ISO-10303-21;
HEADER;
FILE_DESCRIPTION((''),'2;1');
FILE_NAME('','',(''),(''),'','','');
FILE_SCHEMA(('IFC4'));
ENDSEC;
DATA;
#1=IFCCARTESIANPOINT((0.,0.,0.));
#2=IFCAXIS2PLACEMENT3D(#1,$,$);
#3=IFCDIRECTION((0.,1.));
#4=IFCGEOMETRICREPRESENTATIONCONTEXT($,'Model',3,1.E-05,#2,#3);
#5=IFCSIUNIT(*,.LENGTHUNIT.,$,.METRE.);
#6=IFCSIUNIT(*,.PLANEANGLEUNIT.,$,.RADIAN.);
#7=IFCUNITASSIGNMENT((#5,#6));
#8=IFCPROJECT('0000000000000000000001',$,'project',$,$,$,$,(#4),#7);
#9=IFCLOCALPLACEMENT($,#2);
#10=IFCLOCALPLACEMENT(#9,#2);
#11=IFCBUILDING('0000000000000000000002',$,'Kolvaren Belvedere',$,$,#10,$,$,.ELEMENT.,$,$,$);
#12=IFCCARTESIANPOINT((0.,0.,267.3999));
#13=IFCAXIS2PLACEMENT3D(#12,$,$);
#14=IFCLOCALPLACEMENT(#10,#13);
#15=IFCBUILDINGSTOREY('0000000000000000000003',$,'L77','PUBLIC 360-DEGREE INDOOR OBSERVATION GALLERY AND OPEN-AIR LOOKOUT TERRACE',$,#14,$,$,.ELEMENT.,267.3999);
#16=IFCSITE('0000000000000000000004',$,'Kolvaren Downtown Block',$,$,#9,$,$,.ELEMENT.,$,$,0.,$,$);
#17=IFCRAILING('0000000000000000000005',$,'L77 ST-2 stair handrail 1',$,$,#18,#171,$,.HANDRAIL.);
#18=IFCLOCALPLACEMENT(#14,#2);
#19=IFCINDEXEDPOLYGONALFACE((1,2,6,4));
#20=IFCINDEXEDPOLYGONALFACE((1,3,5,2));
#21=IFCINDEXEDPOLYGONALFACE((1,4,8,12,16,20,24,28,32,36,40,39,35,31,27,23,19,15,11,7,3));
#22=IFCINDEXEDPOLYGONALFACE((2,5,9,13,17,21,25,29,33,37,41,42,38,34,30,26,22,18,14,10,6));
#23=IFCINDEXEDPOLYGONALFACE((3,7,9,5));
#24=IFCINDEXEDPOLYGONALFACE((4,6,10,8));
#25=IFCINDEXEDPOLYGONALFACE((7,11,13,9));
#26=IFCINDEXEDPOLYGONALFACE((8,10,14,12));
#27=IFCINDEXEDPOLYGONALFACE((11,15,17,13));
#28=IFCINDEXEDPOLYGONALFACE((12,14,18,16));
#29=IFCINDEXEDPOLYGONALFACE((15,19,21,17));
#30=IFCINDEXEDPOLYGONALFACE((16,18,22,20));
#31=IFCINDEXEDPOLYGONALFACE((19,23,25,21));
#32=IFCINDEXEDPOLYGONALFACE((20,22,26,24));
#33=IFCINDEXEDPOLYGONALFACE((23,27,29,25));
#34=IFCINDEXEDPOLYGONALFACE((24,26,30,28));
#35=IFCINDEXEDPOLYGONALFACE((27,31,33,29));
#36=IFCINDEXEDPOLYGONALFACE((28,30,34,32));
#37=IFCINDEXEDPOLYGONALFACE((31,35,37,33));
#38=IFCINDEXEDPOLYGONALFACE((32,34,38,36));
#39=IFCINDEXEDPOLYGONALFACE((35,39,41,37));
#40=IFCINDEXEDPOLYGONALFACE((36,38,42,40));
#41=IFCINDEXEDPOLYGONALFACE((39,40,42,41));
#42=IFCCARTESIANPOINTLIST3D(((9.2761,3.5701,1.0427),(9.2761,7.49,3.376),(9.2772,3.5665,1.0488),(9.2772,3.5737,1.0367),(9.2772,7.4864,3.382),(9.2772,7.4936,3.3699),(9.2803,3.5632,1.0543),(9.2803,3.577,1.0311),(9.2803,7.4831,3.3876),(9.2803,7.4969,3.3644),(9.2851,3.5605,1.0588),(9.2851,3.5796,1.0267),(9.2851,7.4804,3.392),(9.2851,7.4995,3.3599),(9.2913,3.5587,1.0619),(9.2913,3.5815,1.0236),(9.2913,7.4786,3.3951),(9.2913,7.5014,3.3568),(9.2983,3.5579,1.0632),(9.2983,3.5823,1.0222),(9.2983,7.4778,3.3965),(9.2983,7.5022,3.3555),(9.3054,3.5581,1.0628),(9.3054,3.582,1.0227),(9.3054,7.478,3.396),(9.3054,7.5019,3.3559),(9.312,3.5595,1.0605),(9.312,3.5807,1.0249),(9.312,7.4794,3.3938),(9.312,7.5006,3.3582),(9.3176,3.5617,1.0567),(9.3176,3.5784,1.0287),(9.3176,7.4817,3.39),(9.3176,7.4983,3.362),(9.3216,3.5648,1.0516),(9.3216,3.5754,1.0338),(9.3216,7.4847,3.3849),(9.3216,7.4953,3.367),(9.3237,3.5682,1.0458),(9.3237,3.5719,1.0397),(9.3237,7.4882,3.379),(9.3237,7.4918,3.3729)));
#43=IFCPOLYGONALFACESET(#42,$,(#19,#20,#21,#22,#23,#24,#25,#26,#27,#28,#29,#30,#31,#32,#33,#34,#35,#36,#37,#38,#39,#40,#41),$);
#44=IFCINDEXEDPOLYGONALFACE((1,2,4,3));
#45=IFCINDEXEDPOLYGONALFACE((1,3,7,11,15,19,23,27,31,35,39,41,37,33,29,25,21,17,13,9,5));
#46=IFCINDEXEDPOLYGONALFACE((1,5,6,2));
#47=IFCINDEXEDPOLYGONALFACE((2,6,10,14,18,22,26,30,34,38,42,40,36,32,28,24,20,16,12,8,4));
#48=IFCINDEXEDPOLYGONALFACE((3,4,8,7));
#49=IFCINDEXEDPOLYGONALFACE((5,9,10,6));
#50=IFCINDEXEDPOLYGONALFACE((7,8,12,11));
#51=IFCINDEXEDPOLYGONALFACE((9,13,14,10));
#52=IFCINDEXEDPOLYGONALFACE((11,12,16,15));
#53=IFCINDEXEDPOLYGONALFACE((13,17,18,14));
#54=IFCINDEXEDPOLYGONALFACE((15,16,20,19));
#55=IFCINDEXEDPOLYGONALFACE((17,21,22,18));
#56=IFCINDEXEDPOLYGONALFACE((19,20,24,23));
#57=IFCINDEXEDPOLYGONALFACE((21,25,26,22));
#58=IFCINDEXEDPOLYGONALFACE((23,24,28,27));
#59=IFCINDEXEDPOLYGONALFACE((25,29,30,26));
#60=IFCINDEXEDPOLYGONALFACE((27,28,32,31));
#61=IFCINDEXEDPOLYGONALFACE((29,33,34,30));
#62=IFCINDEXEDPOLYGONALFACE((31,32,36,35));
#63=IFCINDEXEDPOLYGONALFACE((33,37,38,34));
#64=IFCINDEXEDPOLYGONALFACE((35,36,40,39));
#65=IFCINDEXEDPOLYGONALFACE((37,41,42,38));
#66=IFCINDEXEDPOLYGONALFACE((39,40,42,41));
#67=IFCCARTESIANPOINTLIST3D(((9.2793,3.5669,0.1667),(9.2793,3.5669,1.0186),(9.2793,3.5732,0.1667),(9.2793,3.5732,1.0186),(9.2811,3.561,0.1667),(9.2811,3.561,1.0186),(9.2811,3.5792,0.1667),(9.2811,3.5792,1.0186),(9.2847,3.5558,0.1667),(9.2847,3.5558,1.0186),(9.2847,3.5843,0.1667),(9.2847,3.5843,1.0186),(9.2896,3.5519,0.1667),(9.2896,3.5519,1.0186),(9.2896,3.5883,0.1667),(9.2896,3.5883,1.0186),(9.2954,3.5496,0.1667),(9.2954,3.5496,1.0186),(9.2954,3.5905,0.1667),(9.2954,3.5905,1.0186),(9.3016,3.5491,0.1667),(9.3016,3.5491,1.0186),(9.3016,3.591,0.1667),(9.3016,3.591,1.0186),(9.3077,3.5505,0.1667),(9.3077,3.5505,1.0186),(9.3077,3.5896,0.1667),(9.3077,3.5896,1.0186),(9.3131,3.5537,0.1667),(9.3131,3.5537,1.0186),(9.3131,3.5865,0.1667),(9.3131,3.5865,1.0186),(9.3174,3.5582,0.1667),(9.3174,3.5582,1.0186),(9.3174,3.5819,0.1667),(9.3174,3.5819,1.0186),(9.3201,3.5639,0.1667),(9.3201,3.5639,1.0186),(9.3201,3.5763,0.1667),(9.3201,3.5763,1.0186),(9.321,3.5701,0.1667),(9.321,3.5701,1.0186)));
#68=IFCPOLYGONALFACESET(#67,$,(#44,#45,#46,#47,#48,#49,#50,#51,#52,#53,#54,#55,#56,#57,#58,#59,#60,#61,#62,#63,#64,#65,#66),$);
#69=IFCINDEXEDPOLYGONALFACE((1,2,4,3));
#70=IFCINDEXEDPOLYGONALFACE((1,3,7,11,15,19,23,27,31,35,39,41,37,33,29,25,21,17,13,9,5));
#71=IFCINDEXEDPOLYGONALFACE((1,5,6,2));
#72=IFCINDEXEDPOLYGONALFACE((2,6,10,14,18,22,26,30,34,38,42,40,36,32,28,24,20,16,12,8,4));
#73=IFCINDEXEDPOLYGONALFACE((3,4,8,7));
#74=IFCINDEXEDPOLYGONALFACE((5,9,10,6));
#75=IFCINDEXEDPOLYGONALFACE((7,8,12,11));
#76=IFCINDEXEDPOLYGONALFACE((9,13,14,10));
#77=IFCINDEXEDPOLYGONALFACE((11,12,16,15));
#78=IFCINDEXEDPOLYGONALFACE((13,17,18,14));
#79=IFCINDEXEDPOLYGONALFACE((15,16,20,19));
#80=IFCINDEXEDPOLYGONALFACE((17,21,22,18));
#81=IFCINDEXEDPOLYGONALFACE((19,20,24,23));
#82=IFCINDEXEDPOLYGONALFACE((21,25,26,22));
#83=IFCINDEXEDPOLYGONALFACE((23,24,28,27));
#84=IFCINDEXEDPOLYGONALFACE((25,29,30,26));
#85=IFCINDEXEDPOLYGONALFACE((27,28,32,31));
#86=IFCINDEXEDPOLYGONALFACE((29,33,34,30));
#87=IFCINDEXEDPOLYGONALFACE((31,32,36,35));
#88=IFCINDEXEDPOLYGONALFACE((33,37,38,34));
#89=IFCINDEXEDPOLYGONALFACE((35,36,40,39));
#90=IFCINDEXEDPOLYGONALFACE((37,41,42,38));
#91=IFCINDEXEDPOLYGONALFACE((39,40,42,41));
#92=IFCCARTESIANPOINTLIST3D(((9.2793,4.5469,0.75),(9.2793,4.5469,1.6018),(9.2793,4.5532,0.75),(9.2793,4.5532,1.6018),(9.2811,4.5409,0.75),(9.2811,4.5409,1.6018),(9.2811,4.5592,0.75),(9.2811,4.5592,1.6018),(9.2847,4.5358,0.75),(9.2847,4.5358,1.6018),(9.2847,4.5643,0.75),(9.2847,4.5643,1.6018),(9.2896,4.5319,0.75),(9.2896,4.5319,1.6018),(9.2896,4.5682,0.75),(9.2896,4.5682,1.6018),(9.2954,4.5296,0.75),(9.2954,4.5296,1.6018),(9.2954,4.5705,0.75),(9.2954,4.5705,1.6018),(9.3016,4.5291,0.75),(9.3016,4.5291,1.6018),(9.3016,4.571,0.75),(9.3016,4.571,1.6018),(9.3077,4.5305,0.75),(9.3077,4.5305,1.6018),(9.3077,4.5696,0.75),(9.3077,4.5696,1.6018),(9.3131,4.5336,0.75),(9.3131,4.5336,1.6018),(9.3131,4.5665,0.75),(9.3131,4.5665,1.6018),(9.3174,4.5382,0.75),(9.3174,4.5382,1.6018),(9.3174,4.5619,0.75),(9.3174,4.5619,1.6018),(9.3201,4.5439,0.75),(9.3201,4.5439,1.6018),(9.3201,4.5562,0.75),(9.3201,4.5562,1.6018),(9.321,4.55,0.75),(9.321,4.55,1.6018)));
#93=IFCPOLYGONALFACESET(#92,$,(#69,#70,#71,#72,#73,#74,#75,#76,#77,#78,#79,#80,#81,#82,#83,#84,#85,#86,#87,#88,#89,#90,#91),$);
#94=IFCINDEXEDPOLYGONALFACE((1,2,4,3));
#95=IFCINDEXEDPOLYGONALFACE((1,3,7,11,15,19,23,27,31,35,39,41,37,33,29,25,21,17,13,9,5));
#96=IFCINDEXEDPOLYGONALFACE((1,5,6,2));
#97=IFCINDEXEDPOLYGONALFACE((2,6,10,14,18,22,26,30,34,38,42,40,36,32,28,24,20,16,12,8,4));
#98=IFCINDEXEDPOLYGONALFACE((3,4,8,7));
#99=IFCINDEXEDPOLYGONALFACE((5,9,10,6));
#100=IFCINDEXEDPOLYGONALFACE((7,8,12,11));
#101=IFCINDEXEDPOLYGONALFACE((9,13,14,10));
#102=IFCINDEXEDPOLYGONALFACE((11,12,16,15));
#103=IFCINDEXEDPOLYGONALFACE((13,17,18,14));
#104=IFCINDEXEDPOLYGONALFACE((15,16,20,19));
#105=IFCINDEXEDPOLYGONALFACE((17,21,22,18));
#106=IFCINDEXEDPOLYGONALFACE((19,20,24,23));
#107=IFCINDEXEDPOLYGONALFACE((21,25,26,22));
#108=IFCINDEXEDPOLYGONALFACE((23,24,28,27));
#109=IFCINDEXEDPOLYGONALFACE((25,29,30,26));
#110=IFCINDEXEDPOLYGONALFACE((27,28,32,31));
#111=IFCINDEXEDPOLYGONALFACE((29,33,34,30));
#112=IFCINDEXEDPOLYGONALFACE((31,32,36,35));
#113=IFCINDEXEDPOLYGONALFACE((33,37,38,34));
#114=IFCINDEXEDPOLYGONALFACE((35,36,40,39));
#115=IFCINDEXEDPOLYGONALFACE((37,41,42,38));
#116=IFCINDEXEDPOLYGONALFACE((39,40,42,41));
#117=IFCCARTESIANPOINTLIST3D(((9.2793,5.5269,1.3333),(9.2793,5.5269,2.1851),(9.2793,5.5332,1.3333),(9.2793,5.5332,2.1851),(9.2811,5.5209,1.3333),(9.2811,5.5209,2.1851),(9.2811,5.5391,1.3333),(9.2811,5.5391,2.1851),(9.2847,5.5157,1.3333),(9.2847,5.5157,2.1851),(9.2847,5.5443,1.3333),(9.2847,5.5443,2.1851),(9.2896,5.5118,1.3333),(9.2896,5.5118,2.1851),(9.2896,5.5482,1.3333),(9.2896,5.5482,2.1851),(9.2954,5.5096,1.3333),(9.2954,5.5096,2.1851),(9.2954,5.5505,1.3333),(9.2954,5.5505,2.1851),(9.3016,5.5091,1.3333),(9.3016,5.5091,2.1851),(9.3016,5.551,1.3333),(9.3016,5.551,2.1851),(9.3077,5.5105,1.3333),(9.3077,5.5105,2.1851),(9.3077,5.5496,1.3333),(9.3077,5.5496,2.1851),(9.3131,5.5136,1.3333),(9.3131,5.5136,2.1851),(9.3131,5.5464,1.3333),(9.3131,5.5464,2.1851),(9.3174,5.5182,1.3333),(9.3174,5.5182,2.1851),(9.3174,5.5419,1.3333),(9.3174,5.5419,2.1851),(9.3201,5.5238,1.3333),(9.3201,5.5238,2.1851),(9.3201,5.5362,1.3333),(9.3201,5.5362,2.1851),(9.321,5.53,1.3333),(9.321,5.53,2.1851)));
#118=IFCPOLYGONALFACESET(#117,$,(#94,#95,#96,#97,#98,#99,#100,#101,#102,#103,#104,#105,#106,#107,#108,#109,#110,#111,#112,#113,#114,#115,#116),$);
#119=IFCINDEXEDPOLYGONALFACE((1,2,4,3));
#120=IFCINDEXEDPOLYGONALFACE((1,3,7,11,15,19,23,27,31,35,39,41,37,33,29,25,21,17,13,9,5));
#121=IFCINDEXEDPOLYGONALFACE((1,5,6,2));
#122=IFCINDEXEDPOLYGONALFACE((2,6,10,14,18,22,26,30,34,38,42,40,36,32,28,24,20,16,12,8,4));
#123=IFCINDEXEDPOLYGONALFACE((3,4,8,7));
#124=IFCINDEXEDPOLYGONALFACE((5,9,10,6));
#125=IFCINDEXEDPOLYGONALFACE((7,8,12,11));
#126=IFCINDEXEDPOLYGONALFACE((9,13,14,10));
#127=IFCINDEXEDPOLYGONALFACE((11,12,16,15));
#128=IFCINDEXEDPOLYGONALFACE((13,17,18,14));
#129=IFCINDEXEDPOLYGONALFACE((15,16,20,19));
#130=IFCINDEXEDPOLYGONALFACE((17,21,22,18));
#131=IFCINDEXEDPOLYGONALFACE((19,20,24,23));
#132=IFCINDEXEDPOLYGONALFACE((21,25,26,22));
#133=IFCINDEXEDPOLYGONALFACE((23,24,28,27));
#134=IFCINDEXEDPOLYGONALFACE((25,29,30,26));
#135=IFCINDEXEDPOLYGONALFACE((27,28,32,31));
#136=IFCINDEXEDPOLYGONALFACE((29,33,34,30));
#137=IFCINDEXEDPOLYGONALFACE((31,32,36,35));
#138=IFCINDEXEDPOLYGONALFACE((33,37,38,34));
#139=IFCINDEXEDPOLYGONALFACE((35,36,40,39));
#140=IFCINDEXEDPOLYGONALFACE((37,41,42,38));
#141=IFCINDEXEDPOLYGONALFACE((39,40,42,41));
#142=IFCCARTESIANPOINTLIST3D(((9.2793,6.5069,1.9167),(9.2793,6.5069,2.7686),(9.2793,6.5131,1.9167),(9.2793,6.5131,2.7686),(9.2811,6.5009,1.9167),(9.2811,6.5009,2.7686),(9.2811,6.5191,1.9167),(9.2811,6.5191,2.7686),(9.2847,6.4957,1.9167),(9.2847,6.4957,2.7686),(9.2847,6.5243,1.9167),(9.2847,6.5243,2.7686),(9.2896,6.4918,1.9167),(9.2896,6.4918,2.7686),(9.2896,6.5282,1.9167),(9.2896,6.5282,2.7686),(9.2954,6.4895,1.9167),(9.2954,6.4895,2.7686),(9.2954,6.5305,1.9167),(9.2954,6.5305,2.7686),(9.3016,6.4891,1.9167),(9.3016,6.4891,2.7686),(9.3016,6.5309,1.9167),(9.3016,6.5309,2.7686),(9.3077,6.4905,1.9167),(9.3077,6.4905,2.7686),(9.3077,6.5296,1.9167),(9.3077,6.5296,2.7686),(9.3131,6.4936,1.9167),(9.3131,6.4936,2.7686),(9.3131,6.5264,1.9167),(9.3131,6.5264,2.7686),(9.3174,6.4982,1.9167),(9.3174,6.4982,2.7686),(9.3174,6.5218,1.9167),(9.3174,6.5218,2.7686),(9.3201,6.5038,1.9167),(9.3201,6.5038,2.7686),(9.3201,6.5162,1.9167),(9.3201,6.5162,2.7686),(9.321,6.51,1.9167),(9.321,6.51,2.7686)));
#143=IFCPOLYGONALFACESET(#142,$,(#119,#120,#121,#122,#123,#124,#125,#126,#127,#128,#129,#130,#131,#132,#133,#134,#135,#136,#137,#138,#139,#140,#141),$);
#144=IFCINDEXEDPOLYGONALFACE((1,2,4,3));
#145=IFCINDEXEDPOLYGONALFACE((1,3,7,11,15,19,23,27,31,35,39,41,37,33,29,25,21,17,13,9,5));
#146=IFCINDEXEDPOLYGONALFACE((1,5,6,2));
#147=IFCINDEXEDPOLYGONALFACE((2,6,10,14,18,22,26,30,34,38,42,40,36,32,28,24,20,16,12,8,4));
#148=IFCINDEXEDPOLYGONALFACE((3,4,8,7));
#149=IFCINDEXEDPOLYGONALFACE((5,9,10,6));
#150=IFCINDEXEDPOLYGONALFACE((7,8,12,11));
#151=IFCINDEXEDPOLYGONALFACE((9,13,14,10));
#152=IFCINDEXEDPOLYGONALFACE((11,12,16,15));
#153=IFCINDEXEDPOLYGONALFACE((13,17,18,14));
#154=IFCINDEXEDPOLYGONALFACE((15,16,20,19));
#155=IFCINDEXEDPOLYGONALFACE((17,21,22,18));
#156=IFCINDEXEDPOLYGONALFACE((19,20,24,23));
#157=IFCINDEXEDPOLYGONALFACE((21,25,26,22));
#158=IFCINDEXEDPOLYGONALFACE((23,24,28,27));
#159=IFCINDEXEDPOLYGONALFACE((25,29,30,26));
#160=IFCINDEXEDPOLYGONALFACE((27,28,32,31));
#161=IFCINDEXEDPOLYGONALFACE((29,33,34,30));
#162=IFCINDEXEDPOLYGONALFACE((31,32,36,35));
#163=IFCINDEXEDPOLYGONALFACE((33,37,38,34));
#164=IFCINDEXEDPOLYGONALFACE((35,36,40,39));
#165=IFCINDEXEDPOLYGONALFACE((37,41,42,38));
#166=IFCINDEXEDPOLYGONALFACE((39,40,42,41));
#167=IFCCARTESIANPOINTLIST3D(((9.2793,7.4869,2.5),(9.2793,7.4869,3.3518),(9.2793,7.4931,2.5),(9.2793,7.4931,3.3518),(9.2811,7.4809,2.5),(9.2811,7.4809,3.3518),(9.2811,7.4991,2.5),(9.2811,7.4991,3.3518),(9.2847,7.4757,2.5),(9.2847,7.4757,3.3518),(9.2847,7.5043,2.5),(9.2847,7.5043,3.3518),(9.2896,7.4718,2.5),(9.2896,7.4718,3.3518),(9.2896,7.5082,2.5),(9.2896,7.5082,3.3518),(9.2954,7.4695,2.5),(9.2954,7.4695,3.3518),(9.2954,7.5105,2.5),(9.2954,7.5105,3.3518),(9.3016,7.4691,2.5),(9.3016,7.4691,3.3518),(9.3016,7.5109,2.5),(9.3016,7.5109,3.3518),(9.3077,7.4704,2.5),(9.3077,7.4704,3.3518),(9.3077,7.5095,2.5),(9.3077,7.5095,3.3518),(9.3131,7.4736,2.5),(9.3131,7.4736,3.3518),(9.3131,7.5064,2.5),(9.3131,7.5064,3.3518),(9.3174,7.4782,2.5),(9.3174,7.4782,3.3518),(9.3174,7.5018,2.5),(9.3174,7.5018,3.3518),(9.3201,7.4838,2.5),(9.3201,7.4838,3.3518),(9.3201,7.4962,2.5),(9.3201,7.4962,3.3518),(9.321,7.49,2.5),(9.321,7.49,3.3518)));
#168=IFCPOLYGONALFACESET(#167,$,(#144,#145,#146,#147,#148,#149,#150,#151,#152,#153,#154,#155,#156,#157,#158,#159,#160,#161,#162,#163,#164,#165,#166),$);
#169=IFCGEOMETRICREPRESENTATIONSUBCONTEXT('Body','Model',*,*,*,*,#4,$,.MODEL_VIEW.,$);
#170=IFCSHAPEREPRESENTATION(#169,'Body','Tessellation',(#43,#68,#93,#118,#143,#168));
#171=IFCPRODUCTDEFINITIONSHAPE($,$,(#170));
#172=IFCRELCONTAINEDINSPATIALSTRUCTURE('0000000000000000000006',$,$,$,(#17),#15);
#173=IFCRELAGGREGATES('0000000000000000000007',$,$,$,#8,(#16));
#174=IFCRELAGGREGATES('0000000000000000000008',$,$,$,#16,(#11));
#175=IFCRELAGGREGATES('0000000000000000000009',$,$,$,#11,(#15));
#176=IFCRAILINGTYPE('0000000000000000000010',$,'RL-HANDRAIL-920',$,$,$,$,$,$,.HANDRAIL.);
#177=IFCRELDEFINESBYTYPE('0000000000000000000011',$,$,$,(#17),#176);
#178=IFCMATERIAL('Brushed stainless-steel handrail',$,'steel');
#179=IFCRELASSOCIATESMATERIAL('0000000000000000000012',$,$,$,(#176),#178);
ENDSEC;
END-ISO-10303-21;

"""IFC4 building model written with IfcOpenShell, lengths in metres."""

from ifc_helpers import new_model, si_unit, direction, frame, origin, origin_2d, place, context, subcontext, project, spatial, circle, extrude, material, type_object, element, save


model = new_model("IFC4")

# Units and contexts
model_context = context("Model", 3, precision=1e-05, world=origin(), true_north=direction((0.0, 1.0)))
body_context = subcontext(model_context, "Body", "Model", "MODEL_VIEW")
ifc_project = project(units=[si_unit("LENGTHUNIT", "METRE"), si_unit("PLANEANGLEUNIT", "RADIAN")], contexts=[model_context])

# Site, building, storey
site_placement = place(None, origin())
site = spatial("IfcSite", under=ifc_project, at=site_placement, Name="Kolvaren Downtown Block", CompositionType="ELEMENT", RefElevation=0.0)
building_placement = place(site_placement, origin())
building = spatial("IfcBuilding", under=site, at=building_placement, Name="Kolvaren Belvedere", CompositionType="ELEMENT")
storey_placement = place(building_placement, frame((0.0, 0.0, 267.3999)))
storey = spatial("IfcBuildingStorey", under=building, at=storey_placement, Name="L77", Description="PUBLIC 360-DEGREE INDOOR OBSERVATION GALLERY AND OPEN-AIR LOOKOUT TERRACE", CompositionType="ELEMENT", Elevation=267.3999)

# Railing
ifc_material_1 = material(Name="Brushed stainless-steel handrail", Category="steel")
railing_type_1 = type_object("IfcRailingType", Name="RL-HANDRAIL-920", PredefinedType="HANDRAIL", material=ifc_material_1)
railing_1_placement = place(storey_placement, frame((9.3, 3.5701, 0.1667)))
element("IfcRailing", 1, at=railing_1_placement, inside=storey, type_object=railing_type_1, Name="L77 ST-2 stair handrail 1", PredefinedType="HANDRAIL", context=body_context, shape_type="SweptSolid", body=[
    extrude(circle(Radius=0.0239, at=origin_2d()), frame((0.0, 0.0, 0.876), z_axis=(0.0, 0.859296, 0.511478), x_axis=(-1.0, 0.0, 0.0)), (0.0, 0.0, 1.0), 4.5618),
    extrude(circle(Radius=0.021, at=origin_2d()), origin(), (0.0, 0.0, 1.0), 0.8518),
    extrude(circle(Radius=0.021, at=origin_2d()), frame((0.0, 0.98, 0.5833)), (0.0, 0.0, 1.0), 0.8518),
    extrude(circle(Radius=0.021, at=origin_2d()), frame((0.0, 1.96, 1.1665)), (0.0, 0.0, 1.0), 0.8518),
    extrude(circle(Radius=0.021, at=origin_2d()), frame((0.0, 2.9399, 1.75)), (0.0, 0.0, 1.0), 0.8518),
    extrude(circle(Radius=0.021, at=origin_2d()), frame((0.0, 3.9199, 2.3333)), (0.0, 0.0, 1.0), 0.8518),
])

save(model, "model.ifc")
